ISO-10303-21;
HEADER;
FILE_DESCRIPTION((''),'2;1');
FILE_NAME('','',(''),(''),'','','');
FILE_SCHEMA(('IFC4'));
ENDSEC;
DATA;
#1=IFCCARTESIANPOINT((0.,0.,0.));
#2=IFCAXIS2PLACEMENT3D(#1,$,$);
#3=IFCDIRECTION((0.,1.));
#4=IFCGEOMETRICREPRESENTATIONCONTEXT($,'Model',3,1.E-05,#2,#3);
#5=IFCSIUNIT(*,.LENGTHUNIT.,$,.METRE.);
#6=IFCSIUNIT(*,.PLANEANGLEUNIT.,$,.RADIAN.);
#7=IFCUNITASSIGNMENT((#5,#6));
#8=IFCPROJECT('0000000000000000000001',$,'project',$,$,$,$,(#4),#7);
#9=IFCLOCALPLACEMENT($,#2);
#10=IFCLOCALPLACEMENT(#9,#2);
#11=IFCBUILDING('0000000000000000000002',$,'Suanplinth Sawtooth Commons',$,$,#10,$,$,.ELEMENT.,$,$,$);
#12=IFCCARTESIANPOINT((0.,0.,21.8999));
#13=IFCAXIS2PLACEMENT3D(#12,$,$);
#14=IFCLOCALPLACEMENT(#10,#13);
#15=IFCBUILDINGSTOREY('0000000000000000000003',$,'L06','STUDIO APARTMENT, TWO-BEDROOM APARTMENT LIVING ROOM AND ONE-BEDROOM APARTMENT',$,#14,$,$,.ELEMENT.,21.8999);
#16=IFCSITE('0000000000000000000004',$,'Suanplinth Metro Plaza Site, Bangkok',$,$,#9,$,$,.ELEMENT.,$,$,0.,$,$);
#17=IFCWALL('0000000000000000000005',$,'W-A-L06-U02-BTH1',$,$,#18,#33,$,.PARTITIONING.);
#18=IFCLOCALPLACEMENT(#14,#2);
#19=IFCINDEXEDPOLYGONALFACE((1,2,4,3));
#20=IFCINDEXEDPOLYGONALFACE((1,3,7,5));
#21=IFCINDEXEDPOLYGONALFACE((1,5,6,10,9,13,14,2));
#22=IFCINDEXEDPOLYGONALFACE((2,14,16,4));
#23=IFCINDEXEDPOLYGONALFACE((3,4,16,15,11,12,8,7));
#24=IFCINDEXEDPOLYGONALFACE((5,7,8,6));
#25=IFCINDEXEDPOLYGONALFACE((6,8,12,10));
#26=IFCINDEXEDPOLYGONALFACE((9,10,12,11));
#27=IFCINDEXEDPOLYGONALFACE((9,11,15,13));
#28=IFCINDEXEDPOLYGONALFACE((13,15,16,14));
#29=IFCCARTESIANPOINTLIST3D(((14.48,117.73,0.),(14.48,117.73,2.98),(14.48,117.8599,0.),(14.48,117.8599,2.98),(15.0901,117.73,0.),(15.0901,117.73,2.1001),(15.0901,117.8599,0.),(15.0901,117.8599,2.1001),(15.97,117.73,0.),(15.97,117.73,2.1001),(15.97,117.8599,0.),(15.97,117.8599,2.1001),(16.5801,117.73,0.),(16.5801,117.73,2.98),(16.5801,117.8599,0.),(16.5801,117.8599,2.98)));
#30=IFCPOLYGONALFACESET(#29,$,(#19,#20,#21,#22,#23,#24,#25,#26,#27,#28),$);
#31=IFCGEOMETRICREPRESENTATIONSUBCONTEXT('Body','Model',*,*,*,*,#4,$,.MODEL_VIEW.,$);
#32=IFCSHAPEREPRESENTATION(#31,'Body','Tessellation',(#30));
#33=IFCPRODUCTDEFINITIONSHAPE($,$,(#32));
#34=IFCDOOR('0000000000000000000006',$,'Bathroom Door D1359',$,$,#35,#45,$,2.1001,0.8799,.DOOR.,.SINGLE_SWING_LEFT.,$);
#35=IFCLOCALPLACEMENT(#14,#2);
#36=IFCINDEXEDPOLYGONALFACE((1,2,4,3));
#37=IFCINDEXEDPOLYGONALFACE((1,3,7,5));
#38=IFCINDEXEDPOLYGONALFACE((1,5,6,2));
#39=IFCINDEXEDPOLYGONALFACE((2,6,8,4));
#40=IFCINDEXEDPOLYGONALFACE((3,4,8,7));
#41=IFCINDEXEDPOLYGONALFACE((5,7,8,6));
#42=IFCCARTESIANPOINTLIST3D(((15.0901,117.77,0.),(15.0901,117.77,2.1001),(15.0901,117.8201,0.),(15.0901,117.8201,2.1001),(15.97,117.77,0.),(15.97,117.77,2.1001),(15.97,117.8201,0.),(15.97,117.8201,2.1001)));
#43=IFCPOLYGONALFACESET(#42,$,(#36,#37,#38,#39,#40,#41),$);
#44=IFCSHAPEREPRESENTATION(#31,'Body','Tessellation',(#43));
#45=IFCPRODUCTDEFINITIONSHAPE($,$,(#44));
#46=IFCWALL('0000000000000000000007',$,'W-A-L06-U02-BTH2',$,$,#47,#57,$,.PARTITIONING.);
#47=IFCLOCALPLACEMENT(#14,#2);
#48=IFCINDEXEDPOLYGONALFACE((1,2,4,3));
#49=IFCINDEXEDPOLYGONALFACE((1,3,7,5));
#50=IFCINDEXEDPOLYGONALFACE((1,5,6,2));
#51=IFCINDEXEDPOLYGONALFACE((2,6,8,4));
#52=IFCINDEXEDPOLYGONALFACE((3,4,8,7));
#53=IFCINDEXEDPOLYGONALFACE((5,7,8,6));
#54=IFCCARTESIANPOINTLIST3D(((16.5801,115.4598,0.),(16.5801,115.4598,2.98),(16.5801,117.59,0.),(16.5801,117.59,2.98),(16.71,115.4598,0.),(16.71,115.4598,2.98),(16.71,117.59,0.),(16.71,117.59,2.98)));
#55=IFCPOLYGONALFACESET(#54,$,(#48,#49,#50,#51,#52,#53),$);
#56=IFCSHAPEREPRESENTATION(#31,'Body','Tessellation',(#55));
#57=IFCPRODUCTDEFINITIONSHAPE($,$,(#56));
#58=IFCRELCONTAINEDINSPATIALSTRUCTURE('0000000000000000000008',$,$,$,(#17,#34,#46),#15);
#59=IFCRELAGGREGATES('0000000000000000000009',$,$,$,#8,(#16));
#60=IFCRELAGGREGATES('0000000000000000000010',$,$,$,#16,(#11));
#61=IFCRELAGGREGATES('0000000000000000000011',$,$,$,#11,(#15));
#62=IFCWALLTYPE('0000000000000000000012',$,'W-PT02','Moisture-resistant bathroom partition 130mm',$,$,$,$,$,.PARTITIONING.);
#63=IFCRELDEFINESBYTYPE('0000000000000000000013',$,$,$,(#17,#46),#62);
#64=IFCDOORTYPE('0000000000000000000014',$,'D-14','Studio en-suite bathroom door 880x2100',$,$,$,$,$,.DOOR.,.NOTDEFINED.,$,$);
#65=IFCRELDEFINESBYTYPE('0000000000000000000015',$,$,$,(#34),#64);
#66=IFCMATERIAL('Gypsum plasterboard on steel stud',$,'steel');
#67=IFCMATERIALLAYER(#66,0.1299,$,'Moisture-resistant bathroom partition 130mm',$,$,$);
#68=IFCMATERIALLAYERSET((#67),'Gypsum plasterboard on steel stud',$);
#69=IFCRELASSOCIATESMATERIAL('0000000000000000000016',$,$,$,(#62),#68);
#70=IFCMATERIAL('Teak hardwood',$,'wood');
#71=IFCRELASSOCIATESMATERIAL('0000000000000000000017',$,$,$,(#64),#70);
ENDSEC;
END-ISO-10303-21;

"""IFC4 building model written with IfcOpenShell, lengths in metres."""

from ifc_helpers import new_model, si_unit, direction, frame, frame_2d, origin, place, context, subcontext, project, spatial, rectangle, extrude, material, layer, layer_set, type_object, element, fill, save


model = new_model("IFC4")

# Units and contexts
model_context = context("Model", 3, precision=1e-05, world=origin(), true_north=direction((0.0, 1.0)))
body_context = subcontext(model_context, "Body", "Model", "MODEL_VIEW")
ifc_project = project(units=[si_unit("LENGTHUNIT", "METRE"), si_unit("PLANEANGLEUNIT", "RADIAN")], contexts=[model_context])

# Site, building, storey
site_placement = place(None, origin())
site = spatial("IfcSite", under=ifc_project, at=site_placement, Name="Suanplinth Metro Plaza Site, Bangkok", CompositionType="ELEMENT", RefElevation=0.0)
building_placement = place(site_placement, origin())
building = spatial("IfcBuilding", under=site, at=building_placement, Name="Suanplinth Sawtooth Commons", CompositionType="ELEMENT")
storey_placement = place(building_placement, frame((0.0, 0.0, 21.8999)))
storey = spatial("IfcBuildingStorey", under=building, at=storey_placement, Name="L06", Description="STUDIO APARTMENT, TWO-BEDROOM APARTMENT LIVING ROOM AND ONE-BEDROOM APARTMENT", CompositionType="ELEMENT", Elevation=21.8999)

# Shared definitions
ifc_material_1 = material(Name="Gypsum plasterboard on steel stud", Category="steel")
ifc_material_2 = material(Name="Teak hardwood", Category="wood")

# Shared definitions
ifc_layer_1 = layer(ifc_material_1, 0.1299, Name="Moisture-resistant bathroom partition 130mm")
ifc_layer_set_1 = layer_set([ifc_layer_1], Name="Gypsum plasterboard on steel stud")
wall_type_1 = type_object("IfcWallType", Name="W-PT02", Description="Moisture-resistant bathroom partition 130mm", PredefinedType="PARTITIONING", material=ifc_layer_set_1)
door_type_1 = type_object("IfcDoorType", Name="D-14", Description="Studio en-suite bathroom door 880x2100", OperationType="NOTDEFINED", PredefinedType="DOOR", material=ifc_material_2)

# Wall, opening, door
wall_1_placement = place(storey_placement, frame((14.48, 117.7949, 0.0), z_axis=(0.0, 0.0, 1.0), x_axis=(1.0, 0.0, 0.0)))
wall_1 = element("IfcWall", 1, at=wall_1_placement, inside=storey, type_object=wall_type_1, Name="W-A-L06-U02-BTH1", PredefinedType="PARTITIONING", context=body_context, shape_type="SweptSolid", body=[
    extrude(rectangle(XDim=2.1001, YDim=0.1299, at=frame_2d((1.05, 0.0))), origin(), (0.0, 0.0, 1.0), 2.98),
])
opening_1_placement = place(wall_1_placement, frame((0.6101, 0.0, 0.0)))
opening_1 = element("IfcOpeningElement", 2, at=opening_1_placement, cuts=wall_1, PredefinedType="OPENING", context=body_context, shape_type="SweptSolid", body=[
    extrude(rectangle(XDim=0.8799, YDim=2.1001, at=frame_2d((0.4399, 1.05))), frame((0.0, 0.0798, 0.0), z_axis=(0.0, -1.0, 0.0), x_axis=(1.0, 0.0, 0.0)), (0.0, 0.0, 1.0), 0.1597),
])
door_1_placement = place(opening_1_placement, frame((0.8799, 0.0, 0.0), z_axis=(0.0, 0.0, 1.0), x_axis=(-1.0, 0.0, 0.0)))
door_1 = element("IfcDoor", 3, at=door_1_placement, inside=storey, type_object=door_type_1, Name="Bathroom Door D1359", OperationType="SINGLE_SWING_LEFT", OverallHeight=2.1001, OverallWidth=0.8799, PredefinedType="DOOR", context=body_context, shape_type="SweptSolid", body=[
    extrude(rectangle(XDim=0.8799, YDim=2.1001, at=frame_2d((0.4399, 1.05))), frame((0.0, 0.0249, 0.0), z_axis=(0.0, -1.0, 0.0), x_axis=(1.0, 0.0, 0.0)), (0.0, 0.0, 1.0), 0.05),
])
fill(opening_1, door_1)

# Wall
wall_2_placement = place(storey_placement, frame((16.645, 115.46, 0.0), z_axis=(0.0, 0.0, 1.0), x_axis=(0.0, 1.0, 0.0)))
element("IfcWall", 4, at=wall_2_placement, inside=storey, type_object=wall_type_1, Name="W-A-L06-U02-BTH2", PredefinedType="PARTITIONING", context=body_context, shape_type="SweptSolid", body=[
    extrude(rectangle(XDim=2.1301, YDim=0.1299, at=frame_2d((1.0649, 0.0))), origin(), (0.0, 0.0, 1.0), 2.98),
])

save(model, "model.ifc")
